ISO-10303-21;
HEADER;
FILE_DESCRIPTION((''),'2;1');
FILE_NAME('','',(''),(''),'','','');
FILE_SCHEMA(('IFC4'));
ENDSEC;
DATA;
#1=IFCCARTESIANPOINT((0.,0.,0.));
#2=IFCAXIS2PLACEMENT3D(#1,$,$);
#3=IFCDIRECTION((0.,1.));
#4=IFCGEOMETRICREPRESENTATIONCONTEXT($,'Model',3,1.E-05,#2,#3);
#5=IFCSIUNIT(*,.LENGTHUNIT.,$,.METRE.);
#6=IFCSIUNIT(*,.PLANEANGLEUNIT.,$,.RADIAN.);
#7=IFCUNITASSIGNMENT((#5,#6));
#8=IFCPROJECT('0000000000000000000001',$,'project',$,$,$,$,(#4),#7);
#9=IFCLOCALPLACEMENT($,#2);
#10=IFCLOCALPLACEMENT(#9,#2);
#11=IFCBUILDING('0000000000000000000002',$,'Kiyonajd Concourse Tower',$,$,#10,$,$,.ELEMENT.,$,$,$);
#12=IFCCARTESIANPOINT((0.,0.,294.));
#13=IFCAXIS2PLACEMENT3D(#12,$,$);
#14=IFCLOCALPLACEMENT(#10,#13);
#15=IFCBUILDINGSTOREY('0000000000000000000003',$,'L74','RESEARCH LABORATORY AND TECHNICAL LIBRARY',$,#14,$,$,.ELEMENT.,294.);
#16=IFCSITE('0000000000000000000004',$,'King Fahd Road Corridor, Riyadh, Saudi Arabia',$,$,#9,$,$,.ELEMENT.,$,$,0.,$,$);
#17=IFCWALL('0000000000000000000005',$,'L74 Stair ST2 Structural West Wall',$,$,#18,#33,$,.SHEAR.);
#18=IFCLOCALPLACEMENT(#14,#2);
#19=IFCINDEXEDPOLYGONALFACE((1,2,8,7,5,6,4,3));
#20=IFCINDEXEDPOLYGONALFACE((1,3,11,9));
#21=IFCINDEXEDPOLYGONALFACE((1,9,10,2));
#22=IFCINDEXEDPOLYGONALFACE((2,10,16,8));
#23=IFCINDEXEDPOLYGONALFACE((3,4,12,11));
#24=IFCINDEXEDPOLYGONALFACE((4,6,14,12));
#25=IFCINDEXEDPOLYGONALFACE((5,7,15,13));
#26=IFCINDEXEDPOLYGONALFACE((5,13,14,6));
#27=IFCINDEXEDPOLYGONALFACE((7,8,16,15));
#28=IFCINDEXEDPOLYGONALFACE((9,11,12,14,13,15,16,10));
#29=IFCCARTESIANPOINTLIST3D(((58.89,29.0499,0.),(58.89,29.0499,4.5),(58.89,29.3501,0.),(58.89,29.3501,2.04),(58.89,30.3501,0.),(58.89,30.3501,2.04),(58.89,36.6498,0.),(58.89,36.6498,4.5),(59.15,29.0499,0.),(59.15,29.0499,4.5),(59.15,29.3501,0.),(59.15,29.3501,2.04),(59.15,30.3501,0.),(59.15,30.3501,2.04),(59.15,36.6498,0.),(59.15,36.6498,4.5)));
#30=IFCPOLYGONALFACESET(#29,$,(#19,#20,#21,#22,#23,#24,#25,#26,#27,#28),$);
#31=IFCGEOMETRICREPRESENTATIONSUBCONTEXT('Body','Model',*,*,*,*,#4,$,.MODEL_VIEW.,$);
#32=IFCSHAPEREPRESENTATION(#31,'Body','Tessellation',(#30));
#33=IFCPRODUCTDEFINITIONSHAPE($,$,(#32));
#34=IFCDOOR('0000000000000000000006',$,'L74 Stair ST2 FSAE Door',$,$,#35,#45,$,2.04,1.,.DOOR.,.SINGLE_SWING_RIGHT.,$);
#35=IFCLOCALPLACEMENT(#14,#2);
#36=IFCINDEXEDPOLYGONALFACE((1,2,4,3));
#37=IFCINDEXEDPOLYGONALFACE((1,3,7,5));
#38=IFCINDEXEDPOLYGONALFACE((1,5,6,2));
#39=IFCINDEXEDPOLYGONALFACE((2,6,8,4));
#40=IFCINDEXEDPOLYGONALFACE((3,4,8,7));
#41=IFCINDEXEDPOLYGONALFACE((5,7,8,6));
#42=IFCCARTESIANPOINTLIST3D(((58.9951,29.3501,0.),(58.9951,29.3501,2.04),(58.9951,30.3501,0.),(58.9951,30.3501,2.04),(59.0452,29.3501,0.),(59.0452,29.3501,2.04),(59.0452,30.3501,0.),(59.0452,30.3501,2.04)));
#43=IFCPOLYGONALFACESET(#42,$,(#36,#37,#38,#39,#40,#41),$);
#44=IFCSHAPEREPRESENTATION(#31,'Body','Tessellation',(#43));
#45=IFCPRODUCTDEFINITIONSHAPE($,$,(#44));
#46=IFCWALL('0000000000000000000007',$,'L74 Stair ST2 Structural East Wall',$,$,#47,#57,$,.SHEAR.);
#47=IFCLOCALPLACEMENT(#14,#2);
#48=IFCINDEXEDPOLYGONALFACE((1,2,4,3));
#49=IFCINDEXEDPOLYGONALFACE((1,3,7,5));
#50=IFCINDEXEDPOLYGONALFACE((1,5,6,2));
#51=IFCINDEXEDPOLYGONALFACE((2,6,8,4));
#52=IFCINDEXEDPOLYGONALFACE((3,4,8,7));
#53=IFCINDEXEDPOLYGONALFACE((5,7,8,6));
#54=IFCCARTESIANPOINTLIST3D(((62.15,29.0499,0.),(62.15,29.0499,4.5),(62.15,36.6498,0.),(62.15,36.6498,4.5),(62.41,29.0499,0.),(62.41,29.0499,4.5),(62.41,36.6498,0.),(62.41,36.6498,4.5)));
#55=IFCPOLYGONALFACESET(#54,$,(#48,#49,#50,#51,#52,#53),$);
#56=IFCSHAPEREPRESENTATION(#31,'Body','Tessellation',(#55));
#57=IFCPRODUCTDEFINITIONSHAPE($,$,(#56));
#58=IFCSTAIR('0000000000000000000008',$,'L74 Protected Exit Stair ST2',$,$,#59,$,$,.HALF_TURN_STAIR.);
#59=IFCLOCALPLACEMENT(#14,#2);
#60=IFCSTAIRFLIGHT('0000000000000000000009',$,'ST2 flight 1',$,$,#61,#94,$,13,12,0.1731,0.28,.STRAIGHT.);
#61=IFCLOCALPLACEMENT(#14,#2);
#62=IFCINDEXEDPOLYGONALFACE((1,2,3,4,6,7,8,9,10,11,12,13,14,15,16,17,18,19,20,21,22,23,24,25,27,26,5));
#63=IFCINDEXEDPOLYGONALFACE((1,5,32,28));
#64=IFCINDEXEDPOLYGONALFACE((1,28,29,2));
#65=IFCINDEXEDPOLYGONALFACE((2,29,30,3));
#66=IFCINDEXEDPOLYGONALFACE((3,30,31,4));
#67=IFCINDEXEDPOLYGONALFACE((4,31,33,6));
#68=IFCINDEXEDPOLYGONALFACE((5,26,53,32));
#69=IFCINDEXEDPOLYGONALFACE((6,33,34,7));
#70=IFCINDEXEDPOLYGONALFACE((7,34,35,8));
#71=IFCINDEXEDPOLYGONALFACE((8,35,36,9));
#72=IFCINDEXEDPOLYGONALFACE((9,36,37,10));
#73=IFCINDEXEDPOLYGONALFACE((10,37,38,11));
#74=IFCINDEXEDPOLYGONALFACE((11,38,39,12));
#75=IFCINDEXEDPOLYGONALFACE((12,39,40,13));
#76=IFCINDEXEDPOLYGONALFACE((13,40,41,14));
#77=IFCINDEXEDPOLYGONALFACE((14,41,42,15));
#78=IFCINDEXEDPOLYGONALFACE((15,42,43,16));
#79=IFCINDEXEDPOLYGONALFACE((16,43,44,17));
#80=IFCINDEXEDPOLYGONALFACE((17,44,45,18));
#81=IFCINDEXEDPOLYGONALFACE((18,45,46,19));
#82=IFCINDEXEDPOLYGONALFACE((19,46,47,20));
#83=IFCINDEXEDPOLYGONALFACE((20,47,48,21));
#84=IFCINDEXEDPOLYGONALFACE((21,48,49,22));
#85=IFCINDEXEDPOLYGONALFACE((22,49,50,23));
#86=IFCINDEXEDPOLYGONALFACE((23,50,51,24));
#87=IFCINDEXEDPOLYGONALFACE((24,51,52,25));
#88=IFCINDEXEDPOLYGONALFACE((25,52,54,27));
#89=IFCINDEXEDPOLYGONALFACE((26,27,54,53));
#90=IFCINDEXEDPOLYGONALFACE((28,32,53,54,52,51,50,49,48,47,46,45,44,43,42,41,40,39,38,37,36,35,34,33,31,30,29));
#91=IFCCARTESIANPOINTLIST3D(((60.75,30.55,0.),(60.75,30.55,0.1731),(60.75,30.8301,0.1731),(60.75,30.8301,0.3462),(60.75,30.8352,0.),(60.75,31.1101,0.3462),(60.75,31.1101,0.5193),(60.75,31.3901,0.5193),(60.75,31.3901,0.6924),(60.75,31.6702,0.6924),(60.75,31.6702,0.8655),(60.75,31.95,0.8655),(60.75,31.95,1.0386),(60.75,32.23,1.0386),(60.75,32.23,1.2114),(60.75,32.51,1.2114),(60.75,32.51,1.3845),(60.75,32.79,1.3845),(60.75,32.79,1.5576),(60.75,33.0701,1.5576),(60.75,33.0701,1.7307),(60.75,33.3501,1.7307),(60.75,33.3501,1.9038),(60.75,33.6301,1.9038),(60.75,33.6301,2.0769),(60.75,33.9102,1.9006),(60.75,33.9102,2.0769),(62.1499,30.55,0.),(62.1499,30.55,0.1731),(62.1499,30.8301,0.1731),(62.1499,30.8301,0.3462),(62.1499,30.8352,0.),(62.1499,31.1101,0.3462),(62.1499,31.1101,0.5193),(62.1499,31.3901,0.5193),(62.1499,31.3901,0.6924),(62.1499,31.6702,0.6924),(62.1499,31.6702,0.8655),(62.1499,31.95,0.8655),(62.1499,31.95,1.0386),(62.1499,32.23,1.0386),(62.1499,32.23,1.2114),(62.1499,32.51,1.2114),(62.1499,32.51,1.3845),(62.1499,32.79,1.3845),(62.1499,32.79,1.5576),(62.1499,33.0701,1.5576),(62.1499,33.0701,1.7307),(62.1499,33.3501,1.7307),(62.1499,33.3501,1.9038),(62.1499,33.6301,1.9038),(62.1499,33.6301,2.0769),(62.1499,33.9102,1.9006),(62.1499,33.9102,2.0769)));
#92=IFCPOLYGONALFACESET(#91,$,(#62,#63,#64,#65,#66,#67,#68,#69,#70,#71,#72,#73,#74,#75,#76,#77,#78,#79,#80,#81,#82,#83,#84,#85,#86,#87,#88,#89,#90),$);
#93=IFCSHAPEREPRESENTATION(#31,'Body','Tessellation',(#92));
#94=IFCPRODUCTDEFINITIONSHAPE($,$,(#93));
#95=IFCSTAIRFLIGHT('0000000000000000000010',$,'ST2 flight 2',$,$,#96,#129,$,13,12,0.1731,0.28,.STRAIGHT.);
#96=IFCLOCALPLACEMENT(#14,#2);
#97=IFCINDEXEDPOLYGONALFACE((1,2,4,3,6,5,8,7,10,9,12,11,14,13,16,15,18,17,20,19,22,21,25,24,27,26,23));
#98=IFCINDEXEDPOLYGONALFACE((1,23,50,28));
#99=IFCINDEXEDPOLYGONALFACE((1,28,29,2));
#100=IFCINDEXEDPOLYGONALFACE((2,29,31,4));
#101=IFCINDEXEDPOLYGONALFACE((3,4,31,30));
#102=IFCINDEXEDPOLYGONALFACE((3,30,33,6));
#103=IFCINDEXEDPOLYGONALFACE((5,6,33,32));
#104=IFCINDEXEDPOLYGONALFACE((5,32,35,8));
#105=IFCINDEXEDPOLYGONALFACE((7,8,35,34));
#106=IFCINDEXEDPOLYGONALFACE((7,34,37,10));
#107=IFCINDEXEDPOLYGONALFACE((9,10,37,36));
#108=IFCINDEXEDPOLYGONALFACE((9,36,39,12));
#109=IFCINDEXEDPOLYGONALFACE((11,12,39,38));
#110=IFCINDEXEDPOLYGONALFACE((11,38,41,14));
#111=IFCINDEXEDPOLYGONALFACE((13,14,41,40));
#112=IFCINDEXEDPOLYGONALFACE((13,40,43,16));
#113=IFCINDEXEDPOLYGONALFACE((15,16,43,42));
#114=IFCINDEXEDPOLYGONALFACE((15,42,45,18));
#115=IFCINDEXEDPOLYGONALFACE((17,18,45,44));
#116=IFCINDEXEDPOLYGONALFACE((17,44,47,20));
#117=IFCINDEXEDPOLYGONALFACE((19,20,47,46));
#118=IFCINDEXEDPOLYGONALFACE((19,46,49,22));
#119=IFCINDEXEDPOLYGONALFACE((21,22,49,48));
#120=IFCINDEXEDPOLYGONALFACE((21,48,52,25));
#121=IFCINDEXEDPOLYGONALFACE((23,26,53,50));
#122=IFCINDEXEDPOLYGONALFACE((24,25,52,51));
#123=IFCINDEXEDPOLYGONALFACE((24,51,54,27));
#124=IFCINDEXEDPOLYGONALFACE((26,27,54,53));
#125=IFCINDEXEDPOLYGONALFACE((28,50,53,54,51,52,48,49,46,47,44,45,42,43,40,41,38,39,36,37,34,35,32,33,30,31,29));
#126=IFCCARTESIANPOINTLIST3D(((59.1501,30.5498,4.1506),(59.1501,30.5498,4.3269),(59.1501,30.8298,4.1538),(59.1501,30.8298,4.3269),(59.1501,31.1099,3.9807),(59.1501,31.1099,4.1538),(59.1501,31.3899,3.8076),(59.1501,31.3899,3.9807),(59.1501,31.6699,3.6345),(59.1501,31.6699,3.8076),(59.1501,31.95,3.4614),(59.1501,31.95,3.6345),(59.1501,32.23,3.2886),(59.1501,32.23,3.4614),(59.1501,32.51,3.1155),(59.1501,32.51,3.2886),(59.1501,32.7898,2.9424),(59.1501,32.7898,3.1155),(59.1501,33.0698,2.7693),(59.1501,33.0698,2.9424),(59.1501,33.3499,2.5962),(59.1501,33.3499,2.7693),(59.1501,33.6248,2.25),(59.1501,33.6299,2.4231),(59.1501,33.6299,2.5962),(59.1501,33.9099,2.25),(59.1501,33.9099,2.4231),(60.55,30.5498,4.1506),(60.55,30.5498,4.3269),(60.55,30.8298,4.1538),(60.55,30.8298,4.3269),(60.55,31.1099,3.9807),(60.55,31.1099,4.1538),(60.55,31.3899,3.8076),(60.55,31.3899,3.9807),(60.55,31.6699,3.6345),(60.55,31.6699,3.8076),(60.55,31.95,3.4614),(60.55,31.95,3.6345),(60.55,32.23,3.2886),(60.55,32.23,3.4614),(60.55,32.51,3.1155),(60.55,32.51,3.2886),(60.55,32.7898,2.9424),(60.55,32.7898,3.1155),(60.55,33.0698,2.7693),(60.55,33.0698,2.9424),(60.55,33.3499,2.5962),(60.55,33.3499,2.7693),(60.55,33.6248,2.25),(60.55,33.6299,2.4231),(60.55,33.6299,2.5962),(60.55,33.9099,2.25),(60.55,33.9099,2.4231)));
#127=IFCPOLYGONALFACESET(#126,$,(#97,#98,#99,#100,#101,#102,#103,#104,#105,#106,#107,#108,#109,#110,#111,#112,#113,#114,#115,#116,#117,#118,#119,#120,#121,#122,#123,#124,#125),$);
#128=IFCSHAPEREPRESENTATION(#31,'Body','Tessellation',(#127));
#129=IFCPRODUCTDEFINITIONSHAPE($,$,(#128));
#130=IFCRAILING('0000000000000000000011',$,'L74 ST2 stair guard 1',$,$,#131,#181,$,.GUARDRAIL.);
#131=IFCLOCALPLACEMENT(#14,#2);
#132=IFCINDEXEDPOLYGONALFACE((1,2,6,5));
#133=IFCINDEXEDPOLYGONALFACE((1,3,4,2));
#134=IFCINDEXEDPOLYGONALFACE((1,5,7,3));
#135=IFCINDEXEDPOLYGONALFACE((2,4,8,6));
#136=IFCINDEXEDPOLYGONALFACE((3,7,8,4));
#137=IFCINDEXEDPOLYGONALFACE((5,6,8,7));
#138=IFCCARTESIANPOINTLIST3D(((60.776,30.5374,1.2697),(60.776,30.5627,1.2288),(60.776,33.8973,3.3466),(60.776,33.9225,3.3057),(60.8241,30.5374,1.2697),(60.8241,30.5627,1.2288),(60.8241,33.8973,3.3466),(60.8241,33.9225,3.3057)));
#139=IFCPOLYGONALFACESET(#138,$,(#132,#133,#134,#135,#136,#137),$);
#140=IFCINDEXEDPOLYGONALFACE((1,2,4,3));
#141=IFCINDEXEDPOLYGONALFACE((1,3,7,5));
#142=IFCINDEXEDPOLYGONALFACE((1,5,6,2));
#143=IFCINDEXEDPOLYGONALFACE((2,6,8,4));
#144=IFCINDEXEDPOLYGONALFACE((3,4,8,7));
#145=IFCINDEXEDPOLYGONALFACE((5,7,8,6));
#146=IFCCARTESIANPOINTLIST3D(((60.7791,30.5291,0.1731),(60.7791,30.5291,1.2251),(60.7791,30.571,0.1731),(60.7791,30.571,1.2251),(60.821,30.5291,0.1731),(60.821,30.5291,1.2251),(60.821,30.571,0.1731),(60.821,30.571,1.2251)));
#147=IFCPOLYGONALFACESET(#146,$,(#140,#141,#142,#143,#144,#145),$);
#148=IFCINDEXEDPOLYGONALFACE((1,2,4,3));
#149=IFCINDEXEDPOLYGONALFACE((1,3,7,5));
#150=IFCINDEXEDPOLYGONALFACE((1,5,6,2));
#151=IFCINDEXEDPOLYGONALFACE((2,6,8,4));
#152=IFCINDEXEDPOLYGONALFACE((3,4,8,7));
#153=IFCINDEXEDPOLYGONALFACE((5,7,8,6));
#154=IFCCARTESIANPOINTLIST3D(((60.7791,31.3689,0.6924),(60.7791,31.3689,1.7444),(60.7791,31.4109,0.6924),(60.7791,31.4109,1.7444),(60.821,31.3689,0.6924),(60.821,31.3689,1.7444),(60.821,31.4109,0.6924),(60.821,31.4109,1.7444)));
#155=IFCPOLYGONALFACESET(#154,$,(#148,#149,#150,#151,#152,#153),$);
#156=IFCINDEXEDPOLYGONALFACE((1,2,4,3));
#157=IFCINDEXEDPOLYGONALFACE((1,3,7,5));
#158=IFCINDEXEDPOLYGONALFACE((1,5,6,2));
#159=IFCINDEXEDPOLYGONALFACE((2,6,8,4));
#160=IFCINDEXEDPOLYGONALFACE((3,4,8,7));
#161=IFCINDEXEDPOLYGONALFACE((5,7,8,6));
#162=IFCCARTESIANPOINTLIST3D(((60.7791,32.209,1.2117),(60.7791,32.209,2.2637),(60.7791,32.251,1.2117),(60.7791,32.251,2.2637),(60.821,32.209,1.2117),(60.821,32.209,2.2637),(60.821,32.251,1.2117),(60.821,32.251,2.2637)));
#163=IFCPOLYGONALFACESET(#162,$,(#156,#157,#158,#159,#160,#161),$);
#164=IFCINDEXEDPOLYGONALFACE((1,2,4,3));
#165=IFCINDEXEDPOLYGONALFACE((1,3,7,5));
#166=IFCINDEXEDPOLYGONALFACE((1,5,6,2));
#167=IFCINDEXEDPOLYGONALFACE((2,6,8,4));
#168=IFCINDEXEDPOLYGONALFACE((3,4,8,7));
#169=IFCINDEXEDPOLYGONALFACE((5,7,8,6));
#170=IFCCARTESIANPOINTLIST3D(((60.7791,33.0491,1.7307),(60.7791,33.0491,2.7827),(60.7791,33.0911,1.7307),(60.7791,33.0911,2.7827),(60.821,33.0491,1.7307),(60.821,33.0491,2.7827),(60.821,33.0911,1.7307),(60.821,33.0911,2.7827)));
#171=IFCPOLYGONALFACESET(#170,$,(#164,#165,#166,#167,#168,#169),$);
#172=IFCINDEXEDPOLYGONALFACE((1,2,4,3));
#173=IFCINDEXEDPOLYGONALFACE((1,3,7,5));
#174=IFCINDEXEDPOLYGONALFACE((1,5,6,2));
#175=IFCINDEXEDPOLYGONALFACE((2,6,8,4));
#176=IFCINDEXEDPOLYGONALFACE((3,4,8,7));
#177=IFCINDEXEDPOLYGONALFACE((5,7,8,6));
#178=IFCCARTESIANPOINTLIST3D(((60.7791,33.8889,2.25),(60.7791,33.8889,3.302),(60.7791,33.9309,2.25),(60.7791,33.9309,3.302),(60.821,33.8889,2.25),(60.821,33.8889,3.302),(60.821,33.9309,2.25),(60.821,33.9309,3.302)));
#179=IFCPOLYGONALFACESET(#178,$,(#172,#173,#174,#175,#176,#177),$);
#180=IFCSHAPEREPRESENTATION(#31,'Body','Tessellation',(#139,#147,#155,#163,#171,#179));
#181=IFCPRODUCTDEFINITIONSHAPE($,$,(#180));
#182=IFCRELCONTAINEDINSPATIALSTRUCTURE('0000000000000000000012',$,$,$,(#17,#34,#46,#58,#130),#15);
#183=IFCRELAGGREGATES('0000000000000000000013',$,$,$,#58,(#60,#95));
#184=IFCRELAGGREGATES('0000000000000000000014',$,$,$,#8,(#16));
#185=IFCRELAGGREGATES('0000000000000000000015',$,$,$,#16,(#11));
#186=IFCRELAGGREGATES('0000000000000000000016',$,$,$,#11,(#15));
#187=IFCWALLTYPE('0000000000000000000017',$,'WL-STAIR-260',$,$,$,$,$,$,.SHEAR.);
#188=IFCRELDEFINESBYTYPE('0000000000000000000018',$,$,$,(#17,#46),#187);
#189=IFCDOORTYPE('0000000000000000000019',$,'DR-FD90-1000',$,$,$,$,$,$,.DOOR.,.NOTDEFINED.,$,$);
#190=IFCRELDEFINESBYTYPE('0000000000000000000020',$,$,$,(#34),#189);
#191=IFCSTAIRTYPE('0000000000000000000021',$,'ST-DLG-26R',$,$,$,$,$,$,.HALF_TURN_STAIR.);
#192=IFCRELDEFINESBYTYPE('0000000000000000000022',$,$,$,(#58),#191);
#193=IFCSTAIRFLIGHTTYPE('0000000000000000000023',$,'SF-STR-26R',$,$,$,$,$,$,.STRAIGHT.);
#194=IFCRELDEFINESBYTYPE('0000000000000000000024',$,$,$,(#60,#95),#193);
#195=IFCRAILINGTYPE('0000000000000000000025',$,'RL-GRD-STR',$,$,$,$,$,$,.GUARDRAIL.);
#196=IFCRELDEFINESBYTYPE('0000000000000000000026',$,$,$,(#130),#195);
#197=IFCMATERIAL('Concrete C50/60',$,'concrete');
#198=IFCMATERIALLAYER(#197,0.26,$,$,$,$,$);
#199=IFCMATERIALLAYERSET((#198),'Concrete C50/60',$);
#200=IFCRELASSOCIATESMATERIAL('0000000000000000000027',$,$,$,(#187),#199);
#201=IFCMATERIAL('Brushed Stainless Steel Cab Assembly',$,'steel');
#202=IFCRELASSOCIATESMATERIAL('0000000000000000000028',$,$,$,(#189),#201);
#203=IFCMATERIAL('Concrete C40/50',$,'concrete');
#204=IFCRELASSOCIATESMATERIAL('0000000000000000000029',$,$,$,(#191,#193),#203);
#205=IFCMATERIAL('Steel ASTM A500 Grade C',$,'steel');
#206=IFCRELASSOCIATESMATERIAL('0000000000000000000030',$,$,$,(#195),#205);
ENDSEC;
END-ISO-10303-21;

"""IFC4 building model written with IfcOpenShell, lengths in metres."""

from ifc_helpers import new_model, si_unit, direction, frame, frame_2d, origin, origin_2d, place, context, subcontext, project, spatial, polyline, rectangle, outline, extrude, material, layer, layer_set, type_object, element, fill, aggregate, save


model = new_model("IFC4")

# Units and contexts
model_context = context("Model", 3, precision=1e-05, world=origin(), true_north=direction((0.0, 1.0)))
body_context = subcontext(model_context, "Body", "Model", "MODEL_VIEW")
ifc_project = project(units=[si_unit("LENGTHUNIT", "METRE"), si_unit("PLANEANGLEUNIT", "RADIAN")], contexts=[model_context])

# Site, building, storey
site_placement = place(None, origin())
site = spatial("IfcSite", under=ifc_project, at=site_placement, Name="King Fahd Road Corridor, Riyadh, Saudi Arabia", CompositionType="ELEMENT", RefElevation=0.0)
building_placement = place(site_placement, origin())
building = spatial("IfcBuilding", under=site, at=building_placement, Name="Kiyonajd Concourse Tower", CompositionType="ELEMENT")
storey_placement = place(building_placement, frame((0.0, 0.0, 294.0)))
storey = spatial("IfcBuildingStorey", under=building, at=storey_placement, Name="L74", Description="RESEARCH LABORATORY AND TECHNICAL LIBRARY", CompositionType="ELEMENT", Elevation=294.0)

# Shared definitions
ifc_material_1 = material(Name="Concrete C50/60", Category="concrete")

# Shared definitions
ifc_material_2 = material(Name="Brushed Stainless Steel Cab Assembly", Category="steel")

# Shared definitions
ifc_layer_1 = layer(ifc_material_1, 0.26)
ifc_layer_set_1 = layer_set([ifc_layer_1], Name="Concrete C50/60")
wall_type_1 = type_object("IfcWallType", Name="WL-STAIR-260", PredefinedType="SHEAR", material=ifc_layer_set_1)

# Wall, opening, door
wall_1_placement = place(storey_placement, frame((59.02, 29.05, 0.0), z_axis=(0.0, 0.0, 1.0), x_axis=(0.0, 1.0, 0.0)))
wall_1 = element("IfcWall", 1, at=wall_1_placement, inside=storey, type_object=wall_type_1, Name="L74 Stair ST2 Structural West Wall", PredefinedType="SHEAR", context=body_context, shape_type="SweptSolid", body=[
    extrude(rectangle(XDim=7.5999, YDim=0.26, at=frame_2d((3.7998, 0.0))), origin(), (0.0, 0.0, 1.0), 4.5),
])
opening_1_placement = place(wall_1_placement, frame((0.3, 0.0, 0.0)))
opening_1 = element("IfcOpeningElement", 2, at=opening_1_placement, cuts=wall_1, PredefinedType="OPENING", context=body_context, shape_type="SweptSolid", body=[
    extrude(rectangle(XDim=1.0, YDim=2.04, at=frame_2d((0.5, 1.02))), frame((0.0, 0.1399, 0.0), z_axis=(0.0, -1.0, 0.0), x_axis=(1.0, 0.0, 0.0)), (0.0, 0.0, 1.0), 0.28),
])
door_type_1 = type_object("IfcDoorType", Name="DR-FD90-1000", OperationType="NOTDEFINED", PredefinedType="DOOR", material=ifc_material_2)
door_1_placement = place(opening_1_placement, origin())
door_1 = element("IfcDoor", 3, at=door_1_placement, inside=storey, type_object=door_type_1, Name="L74 Stair ST2 FSAE Door", OperationType="SINGLE_SWING_RIGHT", OverallHeight=2.04, OverallWidth=1.0, PredefinedType="DOOR", context=body_context, shape_type="SweptSolid", body=[
    extrude(rectangle(XDim=1.0, YDim=2.04, at=frame_2d((0.5, 1.02))), frame((0.0, 0.0249, 0.0), z_axis=(0.0, -1.0, 0.0), x_axis=(1.0, 0.0, 0.0)), (0.0, 0.0, 1.0), 0.05),
])
fill(opening_1, door_1)

# Wall
wall_2_placement = place(storey_placement, frame((62.28, 29.05, 0.0), z_axis=(0.0, 0.0, 1.0), x_axis=(0.0, 1.0, 0.0)))
element("IfcWall", 4, at=wall_2_placement, inside=storey, type_object=wall_type_1, Name="L74 Stair ST2 Structural East Wall", PredefinedType="SHEAR", context=body_context, shape_type="SweptSolid", body=[
    extrude(rectangle(XDim=7.5999, YDim=0.26, at=frame_2d((3.7998, 0.0))), origin(), (0.0, 0.0, 1.0), 4.5),
])

# Stair, stair flights
ifc_material_3 = material(Name="Concrete C40/50", Category="concrete")
stair_type = type_object("IfcStairType", Name="ST-DLG-26R", PredefinedType="HALF_TURN_STAIR", material=ifc_material_3)
stair_placement = place(storey_placement, origin())
stair = element("IfcStair", 5, at=stair_placement, inside=storey, type_object=stair_type, Name="L74 Protected Exit Stair ST2", PredefinedType="HALF_TURN_STAIR")
stair_flight_type = type_object("IfcStairFlightType", Name="SF-STR-26R", PredefinedType="STRAIGHT", material=ifc_material_3)
stair_flight_1_placement = place(storey_placement, frame((61.45, 30.55, 0.0), z_axis=(0.0, 0.0, 1.0), x_axis=(0.0, 1.0, 0.0)))
stair_flight_1 = element("IfcStairFlight", 6, at=stair_flight_1_placement, type_object=stair_flight_type, Name="ST2 flight 1", NumberOfRisers=13, NumberOfTreads=12, PredefinedType="STRAIGHT", RiserHeight=0.1731, TreadLength=0.28, context=body_context, shape_type="SweptSolid", body=[
    extrude(outline(polyline([(0.0, 0.0), (0.0, 0.1731), (0.28, 0.1731), (0.28, 0.3462), (0.5601, 0.3462), (0.5601, 0.5193), (0.8401, 0.5193), (0.8401, 0.6924), (1.1201, 0.6924), (1.1201, 0.8655), (1.3999, 0.8655), (1.3999, 1.0386), (1.6799, 1.0386), (1.6799, 1.2114), (1.96, 1.2114), (1.96, 1.3845), (2.24, 1.3845), (2.24, 1.5576), (2.52, 1.5576), (2.52, 1.7307), (2.8, 1.7307), (2.8, 1.9038), (3.0801, 1.9038), (3.0801, 2.0769), (3.3601, 2.0769), (3.3601, 2.25), (3.3601, 1.9006), (0.2852, 0.0), (0.0, 0.0)])), frame((0.0, 0.7, 0.0), z_axis=(0.0, -1.0, 0.0), x_axis=(1.0, 0.0, 0.0)), (0.0, 0.0, 1.0), 1.3999),
])
stair_flight_2_placement = place(storey_placement, frame((59.8501, 33.9099, 2.25), z_axis=(0.0, 0.0, 1.0), x_axis=(0.0, -1.0, 0.0)))
stair_flight_2 = element("IfcStairFlight", 7, at=stair_flight_2_placement, type_object=stair_flight_type, Name="ST2 flight 2", NumberOfRisers=13, NumberOfTreads=12, PredefinedType="STRAIGHT", RiserHeight=0.1731, TreadLength=0.28, context=body_context, shape_type="SweptSolid", body=[
    extrude(outline(polyline([(0.0, 0.0), (0.0, 0.1731), (0.28, 0.1731), (0.28, 0.3462), (0.5601, 0.3462), (0.5601, 0.5193), (0.8401, 0.5193), (0.8401, 0.6924), (1.1201, 0.6924), (1.1201, 0.8655), (1.3999, 0.8655), (1.3999, 1.0386), (1.6799, 1.0386), (1.6799, 1.2114), (1.96, 1.2114), (1.96, 1.3845), (2.24, 1.3845), (2.24, 1.5576), (2.52, 1.5576), (2.52, 1.7307), (2.8, 1.7307), (2.8, 1.9038), (3.0801, 1.9038), (3.0801, 2.0769), (3.3601, 2.0769), (3.3601, 2.25), (3.3601, 1.9006), (0.2852, 0.0), (0.0, 0.0)])), frame((0.0, 0.7, 0.0), z_axis=(0.0, -1.0, 0.0), x_axis=(1.0, 0.0, 0.0)), (0.0, 0.0, 1.0), 1.3999),
])
aggregate(stair, [stair_flight_1, stair_flight_2])

# Railing
ifc_material_4 = material(Name="Steel ASTM A500 Grade C", Category="steel")
railing_type_1 = type_object("IfcRailingType", Name="RL-GRD-STR", PredefinedType="GUARDRAIL", material=ifc_material_4)
railing_1_placement = place(storey_placement, frame((60.8, 30.55, 0.1731)))
element("IfcRailing", 8, at=railing_1_placement, inside=storey, type_object=railing_type_1, Name="L74 ST2 stair guard 1", PredefinedType="GUARDRAIL", context=body_context, shape_type="SweptSolid", body=[
    extrude(rectangle(XDim=0.0481, YDim=0.0481, at=origin_2d()), frame((0.0, 0.0, 1.0762), z_axis=(0.0, 0.850606, 0.525803), x_axis=(-1.0, 0.0, 0.0)), (0.0, 0.0, 1.0), 3.95),
    extrude(rectangle(XDim=0.042, YDim=0.042, at=origin_2d()), origin(), (0.0, 0.0, 1.0), 1.052),
    extrude(rectangle(XDim=0.042, YDim=0.042, at=origin_2d()), frame((0.0, 0.8398, 0.5193)), (0.0, 0.0, 1.0), 1.052),
    extrude(rectangle(XDim=0.042, YDim=0.042, at=origin_2d()), frame((0.0, 1.6799, 1.0386)), (0.0, 0.0, 1.0), 1.052),
    extrude(rectangle(XDim=0.042, YDim=0.042, at=origin_2d()), frame((0.0, 2.52, 1.5576)), (0.0, 0.0, 1.0), 1.052),
    extrude(rectangle(XDim=0.042, YDim=0.042, at=origin_2d()), frame((0.0, 3.3599, 2.0769)), (0.0, 0.0, 1.0), 1.052),
])

save(model, "model.ifc")
